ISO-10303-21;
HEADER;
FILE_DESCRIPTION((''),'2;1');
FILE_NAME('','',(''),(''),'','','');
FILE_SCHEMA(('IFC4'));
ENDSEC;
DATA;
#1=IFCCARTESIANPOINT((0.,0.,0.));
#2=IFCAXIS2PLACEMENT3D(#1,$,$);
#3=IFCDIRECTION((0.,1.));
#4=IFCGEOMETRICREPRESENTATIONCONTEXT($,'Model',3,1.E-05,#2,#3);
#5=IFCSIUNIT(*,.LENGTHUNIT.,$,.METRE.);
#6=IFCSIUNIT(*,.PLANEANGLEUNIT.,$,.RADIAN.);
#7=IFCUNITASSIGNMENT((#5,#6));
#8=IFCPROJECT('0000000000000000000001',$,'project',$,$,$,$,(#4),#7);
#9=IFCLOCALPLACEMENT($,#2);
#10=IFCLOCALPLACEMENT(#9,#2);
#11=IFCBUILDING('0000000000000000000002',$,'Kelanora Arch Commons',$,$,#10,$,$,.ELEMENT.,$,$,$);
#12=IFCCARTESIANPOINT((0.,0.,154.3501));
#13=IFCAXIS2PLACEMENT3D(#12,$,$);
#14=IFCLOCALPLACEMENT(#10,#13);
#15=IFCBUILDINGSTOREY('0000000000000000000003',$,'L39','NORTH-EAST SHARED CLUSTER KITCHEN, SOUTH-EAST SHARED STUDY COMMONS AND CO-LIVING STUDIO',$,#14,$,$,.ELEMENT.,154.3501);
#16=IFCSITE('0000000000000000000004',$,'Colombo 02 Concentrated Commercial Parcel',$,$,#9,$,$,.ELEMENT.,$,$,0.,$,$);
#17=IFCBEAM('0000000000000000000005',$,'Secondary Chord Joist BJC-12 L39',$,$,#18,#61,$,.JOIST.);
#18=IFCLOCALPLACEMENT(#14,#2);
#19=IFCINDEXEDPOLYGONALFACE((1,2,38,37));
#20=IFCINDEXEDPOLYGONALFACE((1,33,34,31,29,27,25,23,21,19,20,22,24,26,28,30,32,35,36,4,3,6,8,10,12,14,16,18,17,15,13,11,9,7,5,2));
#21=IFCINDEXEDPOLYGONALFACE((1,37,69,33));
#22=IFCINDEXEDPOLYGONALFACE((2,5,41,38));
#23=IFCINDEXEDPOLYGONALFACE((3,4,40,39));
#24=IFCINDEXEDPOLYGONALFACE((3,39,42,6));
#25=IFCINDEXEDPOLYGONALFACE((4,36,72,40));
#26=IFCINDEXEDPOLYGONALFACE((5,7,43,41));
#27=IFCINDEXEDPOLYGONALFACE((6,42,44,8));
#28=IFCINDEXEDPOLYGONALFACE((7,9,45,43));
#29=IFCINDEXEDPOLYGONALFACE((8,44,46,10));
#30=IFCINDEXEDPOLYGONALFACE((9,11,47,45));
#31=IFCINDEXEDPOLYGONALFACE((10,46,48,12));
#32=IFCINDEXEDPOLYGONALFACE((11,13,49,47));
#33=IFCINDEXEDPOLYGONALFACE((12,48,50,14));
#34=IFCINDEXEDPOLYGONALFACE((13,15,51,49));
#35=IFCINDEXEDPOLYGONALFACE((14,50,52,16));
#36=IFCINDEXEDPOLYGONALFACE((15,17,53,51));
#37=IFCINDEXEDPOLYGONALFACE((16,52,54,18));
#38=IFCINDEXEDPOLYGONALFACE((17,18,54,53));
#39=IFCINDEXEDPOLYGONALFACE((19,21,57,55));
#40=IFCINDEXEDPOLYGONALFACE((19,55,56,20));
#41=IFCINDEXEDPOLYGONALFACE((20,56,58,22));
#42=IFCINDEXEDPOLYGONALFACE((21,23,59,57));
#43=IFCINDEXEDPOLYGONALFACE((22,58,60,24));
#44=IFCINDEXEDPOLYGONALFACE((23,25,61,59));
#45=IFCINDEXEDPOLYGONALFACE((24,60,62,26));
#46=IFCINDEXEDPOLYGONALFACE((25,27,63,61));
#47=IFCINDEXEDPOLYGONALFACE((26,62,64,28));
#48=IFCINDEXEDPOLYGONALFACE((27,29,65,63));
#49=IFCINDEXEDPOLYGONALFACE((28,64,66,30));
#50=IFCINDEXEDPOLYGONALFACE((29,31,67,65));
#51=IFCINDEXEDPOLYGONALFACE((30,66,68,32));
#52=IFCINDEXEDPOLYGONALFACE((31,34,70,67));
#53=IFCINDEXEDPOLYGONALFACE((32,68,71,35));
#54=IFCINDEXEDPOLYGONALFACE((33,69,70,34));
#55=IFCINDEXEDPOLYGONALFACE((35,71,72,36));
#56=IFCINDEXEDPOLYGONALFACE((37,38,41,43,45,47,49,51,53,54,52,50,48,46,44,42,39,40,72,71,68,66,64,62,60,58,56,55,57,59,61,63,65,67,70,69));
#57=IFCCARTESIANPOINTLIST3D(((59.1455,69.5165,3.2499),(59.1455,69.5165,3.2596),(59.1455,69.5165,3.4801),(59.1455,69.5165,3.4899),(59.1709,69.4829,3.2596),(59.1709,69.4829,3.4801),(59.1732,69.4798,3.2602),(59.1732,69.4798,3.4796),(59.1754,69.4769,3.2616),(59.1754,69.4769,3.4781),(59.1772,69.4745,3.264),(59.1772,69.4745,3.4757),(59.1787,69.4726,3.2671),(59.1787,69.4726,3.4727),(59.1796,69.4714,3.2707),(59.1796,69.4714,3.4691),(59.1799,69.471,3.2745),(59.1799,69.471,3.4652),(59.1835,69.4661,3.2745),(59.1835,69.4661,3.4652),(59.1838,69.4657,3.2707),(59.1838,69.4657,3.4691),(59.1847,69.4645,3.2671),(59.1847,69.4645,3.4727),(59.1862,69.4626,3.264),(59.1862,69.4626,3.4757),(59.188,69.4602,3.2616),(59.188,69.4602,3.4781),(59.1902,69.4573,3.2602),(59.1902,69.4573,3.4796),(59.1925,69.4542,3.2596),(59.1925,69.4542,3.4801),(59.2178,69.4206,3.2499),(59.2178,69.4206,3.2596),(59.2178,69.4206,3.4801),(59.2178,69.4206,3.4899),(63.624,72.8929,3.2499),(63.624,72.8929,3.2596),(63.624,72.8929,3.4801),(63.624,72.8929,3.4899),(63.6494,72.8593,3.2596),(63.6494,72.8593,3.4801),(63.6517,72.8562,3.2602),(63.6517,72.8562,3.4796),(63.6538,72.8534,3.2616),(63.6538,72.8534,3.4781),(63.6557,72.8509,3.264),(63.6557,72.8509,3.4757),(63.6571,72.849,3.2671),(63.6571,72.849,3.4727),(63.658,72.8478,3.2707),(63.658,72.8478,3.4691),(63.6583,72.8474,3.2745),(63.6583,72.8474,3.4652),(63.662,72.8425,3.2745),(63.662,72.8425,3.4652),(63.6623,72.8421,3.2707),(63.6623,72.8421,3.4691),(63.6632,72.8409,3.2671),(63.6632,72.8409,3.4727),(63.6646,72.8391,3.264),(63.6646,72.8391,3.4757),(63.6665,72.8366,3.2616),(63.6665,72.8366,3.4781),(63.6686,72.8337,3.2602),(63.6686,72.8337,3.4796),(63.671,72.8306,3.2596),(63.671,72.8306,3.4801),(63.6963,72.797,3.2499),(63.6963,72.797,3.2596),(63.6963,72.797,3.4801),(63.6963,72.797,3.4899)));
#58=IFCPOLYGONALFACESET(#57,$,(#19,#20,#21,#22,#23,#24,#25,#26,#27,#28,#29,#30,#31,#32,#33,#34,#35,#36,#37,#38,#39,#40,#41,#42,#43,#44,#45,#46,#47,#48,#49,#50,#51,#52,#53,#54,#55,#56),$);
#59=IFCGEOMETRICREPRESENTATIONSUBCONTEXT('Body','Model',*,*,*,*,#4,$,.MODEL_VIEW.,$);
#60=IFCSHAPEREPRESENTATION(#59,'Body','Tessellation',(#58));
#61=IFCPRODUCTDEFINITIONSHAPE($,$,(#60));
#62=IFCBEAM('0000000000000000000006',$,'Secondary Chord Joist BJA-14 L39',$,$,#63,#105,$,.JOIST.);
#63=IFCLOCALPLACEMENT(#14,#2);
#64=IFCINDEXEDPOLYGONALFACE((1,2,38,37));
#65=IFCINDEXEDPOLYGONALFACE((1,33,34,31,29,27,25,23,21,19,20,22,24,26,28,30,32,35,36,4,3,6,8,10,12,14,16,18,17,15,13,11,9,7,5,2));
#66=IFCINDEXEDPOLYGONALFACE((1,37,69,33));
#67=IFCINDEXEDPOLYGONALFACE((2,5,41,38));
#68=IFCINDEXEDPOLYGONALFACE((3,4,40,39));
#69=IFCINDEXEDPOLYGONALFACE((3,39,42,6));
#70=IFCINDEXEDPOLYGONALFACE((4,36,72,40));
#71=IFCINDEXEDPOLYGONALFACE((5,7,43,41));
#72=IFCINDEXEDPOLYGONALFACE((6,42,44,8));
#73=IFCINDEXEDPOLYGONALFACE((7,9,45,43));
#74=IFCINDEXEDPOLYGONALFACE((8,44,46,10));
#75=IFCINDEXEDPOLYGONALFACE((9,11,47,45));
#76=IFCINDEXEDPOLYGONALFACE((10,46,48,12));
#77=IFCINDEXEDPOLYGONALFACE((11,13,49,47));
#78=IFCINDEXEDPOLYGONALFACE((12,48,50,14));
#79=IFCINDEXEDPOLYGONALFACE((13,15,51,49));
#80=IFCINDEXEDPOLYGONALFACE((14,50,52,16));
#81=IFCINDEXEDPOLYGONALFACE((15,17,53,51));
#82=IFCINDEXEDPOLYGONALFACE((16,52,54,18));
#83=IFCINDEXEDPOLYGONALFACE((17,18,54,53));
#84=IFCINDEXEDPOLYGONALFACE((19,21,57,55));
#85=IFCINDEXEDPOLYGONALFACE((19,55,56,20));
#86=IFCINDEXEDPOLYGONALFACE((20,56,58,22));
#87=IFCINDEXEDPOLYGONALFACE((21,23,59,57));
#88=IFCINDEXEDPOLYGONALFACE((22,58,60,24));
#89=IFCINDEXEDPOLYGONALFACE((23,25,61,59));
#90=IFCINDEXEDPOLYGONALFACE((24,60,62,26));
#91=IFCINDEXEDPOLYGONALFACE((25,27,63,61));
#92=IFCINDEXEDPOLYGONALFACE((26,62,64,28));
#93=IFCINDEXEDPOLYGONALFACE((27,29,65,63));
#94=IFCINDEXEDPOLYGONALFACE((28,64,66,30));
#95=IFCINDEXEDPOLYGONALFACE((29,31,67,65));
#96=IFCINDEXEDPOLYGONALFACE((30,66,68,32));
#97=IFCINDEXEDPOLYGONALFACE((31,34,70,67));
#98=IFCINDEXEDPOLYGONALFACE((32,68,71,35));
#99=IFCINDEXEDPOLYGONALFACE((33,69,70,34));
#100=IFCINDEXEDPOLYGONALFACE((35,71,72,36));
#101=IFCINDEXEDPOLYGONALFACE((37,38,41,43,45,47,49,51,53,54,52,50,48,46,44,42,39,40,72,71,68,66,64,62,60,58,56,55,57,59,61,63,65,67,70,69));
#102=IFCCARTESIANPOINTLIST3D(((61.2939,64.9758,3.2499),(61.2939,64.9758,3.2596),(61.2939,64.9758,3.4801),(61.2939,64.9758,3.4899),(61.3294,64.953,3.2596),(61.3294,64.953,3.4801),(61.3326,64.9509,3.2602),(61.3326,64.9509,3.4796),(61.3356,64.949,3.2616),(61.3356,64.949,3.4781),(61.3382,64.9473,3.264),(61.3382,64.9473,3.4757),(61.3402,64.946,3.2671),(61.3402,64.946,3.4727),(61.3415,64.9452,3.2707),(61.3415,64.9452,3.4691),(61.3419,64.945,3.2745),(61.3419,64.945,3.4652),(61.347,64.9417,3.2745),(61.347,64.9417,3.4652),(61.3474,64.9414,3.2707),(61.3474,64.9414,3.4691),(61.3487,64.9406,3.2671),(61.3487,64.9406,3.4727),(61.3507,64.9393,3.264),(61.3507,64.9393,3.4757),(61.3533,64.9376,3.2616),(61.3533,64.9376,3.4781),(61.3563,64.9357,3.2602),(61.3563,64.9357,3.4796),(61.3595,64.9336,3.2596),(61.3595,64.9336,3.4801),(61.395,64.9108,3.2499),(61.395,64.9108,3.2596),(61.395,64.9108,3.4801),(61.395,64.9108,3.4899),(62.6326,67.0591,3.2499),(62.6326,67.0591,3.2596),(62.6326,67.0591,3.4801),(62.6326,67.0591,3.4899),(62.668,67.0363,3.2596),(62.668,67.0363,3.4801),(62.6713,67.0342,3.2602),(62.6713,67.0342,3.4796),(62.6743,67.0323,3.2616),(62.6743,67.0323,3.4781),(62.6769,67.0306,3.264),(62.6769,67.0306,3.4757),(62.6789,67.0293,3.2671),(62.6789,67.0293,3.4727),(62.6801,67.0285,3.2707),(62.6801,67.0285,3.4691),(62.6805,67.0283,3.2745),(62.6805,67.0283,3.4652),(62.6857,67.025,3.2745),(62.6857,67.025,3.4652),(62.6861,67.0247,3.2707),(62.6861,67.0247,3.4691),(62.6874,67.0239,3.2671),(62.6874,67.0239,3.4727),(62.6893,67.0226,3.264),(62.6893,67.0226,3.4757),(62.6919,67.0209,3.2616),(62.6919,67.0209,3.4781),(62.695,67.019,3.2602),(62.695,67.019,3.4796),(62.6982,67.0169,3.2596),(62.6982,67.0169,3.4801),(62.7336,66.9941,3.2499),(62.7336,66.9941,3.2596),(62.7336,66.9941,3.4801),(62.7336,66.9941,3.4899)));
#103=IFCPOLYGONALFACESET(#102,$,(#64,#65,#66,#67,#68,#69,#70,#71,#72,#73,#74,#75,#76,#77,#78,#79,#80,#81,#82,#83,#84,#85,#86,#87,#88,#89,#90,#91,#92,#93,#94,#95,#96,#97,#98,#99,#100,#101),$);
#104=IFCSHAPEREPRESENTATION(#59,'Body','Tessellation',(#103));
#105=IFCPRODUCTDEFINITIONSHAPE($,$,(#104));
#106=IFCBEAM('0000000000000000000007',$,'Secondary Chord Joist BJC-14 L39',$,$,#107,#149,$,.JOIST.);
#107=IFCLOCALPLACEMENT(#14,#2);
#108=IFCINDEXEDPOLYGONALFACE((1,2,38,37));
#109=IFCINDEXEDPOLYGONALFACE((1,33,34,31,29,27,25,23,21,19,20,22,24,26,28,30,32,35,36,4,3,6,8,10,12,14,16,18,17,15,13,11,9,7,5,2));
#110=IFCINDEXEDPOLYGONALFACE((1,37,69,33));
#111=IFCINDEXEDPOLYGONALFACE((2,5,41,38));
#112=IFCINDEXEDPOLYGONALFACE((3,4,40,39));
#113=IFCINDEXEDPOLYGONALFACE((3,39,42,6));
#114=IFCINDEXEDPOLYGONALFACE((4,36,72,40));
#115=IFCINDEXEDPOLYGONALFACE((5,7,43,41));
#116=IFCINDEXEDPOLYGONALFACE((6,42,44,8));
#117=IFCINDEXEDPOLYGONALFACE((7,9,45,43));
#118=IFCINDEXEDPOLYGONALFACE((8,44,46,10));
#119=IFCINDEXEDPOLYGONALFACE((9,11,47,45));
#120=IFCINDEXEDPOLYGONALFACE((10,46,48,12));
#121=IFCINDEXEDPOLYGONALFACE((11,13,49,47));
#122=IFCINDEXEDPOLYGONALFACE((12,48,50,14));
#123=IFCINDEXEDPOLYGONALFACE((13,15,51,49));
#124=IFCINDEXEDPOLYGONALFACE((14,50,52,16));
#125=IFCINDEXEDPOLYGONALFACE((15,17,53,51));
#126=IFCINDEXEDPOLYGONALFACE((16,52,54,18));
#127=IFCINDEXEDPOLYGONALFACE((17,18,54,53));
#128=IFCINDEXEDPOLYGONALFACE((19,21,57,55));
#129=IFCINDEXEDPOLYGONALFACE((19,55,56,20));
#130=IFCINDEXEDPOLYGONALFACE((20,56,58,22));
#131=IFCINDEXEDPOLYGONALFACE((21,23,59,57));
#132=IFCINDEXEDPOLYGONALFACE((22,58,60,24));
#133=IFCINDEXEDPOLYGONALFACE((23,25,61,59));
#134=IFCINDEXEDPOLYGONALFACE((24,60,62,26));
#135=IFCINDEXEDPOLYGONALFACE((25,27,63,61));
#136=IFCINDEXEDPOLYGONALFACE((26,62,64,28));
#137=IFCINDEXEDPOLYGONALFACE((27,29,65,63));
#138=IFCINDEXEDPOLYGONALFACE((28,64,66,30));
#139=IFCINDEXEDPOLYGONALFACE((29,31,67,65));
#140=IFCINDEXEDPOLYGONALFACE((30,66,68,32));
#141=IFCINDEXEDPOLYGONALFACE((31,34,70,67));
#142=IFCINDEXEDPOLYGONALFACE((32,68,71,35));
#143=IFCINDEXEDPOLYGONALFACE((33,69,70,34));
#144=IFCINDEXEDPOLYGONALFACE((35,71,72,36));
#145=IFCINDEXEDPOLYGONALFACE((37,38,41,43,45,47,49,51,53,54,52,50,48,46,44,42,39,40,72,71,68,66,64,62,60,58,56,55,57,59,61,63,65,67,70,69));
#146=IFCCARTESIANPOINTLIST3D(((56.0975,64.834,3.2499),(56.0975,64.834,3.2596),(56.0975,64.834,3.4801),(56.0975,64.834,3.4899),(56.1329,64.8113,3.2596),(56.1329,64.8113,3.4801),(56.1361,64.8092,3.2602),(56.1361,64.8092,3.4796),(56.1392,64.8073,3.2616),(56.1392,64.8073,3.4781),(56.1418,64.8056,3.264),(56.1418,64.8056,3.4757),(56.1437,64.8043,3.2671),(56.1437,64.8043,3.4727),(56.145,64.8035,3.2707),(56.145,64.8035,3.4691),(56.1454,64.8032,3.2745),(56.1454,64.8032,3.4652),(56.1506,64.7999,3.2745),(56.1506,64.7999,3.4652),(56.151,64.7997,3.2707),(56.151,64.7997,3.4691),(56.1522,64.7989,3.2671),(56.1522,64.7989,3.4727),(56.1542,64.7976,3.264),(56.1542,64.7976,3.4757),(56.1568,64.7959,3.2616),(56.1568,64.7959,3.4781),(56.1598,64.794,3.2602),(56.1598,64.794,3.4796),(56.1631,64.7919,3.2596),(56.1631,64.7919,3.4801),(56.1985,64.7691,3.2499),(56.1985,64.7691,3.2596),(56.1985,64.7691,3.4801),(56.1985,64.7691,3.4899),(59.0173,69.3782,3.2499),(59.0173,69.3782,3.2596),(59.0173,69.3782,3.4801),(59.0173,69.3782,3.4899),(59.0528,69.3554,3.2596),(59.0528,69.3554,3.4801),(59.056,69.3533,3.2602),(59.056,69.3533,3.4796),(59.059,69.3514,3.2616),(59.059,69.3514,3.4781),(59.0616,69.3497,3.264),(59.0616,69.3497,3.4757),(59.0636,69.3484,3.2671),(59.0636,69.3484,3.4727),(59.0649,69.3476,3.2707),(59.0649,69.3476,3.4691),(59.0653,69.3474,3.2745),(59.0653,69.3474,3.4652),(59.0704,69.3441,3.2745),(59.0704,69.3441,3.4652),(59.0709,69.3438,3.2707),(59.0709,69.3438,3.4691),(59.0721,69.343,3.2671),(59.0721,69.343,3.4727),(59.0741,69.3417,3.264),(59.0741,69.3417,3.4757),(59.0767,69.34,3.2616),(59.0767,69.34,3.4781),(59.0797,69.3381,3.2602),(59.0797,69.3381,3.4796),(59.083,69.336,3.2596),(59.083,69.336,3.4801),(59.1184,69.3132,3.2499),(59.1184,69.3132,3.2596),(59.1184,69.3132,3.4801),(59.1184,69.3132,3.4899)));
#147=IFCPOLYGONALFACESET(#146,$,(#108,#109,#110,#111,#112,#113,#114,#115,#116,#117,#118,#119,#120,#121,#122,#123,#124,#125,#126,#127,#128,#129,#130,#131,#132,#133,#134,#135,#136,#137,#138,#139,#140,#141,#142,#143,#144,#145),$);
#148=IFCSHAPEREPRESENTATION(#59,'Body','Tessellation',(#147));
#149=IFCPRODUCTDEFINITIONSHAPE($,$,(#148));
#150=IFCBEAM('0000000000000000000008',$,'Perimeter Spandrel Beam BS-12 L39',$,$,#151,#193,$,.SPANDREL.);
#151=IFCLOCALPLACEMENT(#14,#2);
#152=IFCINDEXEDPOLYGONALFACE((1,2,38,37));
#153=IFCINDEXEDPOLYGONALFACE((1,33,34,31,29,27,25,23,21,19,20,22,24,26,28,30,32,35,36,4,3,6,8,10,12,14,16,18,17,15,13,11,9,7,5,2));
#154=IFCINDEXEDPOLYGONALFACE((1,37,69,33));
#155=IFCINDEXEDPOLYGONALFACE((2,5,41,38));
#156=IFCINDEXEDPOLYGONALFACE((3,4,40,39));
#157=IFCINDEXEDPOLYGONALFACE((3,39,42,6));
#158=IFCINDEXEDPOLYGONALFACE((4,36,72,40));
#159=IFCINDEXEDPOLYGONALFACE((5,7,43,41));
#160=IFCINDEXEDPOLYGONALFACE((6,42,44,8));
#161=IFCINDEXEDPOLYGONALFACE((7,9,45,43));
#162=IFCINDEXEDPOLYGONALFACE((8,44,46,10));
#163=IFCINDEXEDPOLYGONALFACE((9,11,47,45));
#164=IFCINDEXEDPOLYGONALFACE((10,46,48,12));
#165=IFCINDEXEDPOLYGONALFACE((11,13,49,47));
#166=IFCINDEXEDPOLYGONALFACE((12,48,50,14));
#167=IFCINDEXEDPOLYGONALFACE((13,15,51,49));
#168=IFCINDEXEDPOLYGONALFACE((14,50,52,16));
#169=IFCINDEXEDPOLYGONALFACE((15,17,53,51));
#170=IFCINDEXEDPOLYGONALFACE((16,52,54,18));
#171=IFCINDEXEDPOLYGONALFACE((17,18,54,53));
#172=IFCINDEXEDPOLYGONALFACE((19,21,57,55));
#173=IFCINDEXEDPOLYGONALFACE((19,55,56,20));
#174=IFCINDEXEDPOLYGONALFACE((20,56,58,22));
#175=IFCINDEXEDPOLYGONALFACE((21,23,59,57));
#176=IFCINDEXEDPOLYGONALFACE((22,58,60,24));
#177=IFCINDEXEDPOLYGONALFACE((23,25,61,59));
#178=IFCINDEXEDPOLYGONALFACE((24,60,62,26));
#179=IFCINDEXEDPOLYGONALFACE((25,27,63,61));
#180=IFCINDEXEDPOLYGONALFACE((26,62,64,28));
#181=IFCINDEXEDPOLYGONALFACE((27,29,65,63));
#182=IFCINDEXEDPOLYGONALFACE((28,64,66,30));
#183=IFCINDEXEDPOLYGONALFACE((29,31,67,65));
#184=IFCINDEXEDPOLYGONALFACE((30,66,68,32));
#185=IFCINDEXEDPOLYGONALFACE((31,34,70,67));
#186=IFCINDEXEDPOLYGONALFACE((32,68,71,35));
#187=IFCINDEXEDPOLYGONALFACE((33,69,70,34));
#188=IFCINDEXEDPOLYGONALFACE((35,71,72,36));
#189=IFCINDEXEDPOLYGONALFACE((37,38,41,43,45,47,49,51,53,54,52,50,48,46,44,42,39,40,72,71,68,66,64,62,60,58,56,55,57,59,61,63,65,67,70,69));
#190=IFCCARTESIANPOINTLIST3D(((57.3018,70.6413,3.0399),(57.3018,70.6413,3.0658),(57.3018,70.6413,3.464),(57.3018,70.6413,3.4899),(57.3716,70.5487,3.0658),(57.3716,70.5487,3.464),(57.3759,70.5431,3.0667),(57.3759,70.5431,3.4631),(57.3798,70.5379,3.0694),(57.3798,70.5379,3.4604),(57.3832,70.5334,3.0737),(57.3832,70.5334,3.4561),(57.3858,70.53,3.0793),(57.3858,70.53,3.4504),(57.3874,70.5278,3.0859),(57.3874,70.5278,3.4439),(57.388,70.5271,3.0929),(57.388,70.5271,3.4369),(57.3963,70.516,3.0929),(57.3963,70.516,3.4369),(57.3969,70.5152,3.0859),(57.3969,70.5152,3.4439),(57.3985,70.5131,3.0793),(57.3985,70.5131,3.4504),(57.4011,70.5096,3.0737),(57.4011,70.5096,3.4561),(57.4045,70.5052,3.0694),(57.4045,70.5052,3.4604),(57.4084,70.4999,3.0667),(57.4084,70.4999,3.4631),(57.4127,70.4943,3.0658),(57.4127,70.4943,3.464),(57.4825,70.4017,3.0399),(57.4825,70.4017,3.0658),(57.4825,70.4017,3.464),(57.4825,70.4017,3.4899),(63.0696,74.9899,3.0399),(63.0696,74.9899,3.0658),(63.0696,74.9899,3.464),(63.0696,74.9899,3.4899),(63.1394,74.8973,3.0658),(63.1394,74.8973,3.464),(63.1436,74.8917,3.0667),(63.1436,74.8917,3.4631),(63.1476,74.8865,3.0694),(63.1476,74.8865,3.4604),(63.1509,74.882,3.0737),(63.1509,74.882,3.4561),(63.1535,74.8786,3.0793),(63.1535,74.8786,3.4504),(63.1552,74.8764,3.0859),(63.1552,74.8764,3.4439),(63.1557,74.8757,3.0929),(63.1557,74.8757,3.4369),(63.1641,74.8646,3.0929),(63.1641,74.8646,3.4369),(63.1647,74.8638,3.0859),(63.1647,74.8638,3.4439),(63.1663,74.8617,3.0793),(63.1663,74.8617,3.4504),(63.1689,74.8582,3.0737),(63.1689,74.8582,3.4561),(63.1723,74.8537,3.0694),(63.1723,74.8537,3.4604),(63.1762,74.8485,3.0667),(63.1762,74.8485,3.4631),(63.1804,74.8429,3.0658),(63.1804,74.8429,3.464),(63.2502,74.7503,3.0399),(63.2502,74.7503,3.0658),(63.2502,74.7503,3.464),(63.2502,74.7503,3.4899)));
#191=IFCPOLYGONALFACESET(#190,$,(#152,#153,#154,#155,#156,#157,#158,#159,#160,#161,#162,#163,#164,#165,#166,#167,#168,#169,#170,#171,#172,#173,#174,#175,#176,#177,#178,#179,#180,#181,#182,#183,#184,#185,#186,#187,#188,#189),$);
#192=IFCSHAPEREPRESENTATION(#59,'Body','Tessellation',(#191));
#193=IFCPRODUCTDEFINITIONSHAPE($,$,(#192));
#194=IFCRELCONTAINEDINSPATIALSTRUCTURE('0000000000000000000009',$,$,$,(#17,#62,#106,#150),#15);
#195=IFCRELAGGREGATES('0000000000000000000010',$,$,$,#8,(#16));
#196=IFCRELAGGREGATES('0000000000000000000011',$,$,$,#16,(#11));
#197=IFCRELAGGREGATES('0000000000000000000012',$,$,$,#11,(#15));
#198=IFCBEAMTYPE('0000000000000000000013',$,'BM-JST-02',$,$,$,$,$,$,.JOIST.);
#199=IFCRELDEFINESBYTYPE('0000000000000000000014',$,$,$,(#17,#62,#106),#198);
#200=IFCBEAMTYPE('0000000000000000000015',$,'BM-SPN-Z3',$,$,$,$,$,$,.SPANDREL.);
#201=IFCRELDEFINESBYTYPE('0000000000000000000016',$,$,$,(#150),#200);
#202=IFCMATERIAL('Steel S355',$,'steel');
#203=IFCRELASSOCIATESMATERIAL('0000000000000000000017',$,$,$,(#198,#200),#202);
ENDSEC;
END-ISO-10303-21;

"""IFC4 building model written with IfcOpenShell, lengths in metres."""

from ifc_helpers import new_model, si_unit, direction, frame, origin, origin_2d, place, context, subcontext, project, spatial, i_section, extrude, material, material_profile, profile_set, type_object, element, save


model = new_model("IFC4")

# Units and contexts
model_context = context("Model", 3, precision=1e-05, world=origin(), true_north=direction((0.0, 1.0)))
body_context = subcontext(model_context, "Body", "Model", "MODEL_VIEW")
ifc_project = project(units=[si_unit("LENGTHUNIT", "METRE"), si_unit("PLANEANGLEUNIT", "RADIAN")], contexts=[model_context])

# Site, building, storey
site_placement = place(None, origin())
site = spatial("IfcSite", under=ifc_project, at=site_placement, Name="Colombo 02 Concentrated Commercial Parcel", CompositionType="ELEMENT", RefElevation=0.0)
building_placement = place(site_placement, origin())
building = spatial("IfcBuilding", under=site, at=building_placement, Name="Kelanora Arch Commons", CompositionType="ELEMENT")
storey_placement = place(building_placement, frame((0.0, 0.0, 154.3501)))
storey = spatial("IfcBuildingStorey", under=building, at=storey_placement, Name="L39", Description="NORTH-EAST SHARED CLUSTER KITCHEN, SOUTH-EAST SHARED STUDY COMMONS AND CO-LIVING STUDIO", CompositionType="ELEMENT", Elevation=154.3501)

# Beams
ifc_material_1 = material(Name="Steel S355", Category="steel")
ifc_material_profile_1 = material_profile(ifc_material_1, i_section(OverallWidth=0.1201, OverallDepth=0.24, WebThickness=0.0061, FlangeThickness=0.0098, FilletRadius=0.0149, at=origin_2d()), Name="IPE240")
ifc_profile_set_1 = profile_set([ifc_material_profile_1], Name="Steel S355")
beam_type_1 = type_object("IfcBeamType", Name="BM-JST-02", PredefinedType="JOIST", material=ifc_profile_set_1)
beam_1_placement = place(storey_placement, frame((63.6602, 72.845, 3.3699), z_axis=(-0.798493, -0.602004, 0.0), x_axis=(0.602004, -0.798493, 0.0)))
element("IfcBeam", 1, at=beam_1_placement, inside=storey, type_object=beam_type_1, Name="Secondary Chord Joist BJC-12 L39", PredefinedType="JOIST", context=body_context, shape_type="SweptSolid", body=[
    extrude(i_section(OverallWidth=0.1201, OverallDepth=0.24, WebThickness=0.0061, FlangeThickness=0.0098, FilletRadius=0.0149, at=origin_2d()), origin(), (0.0, 0.0, 1.0), 5.6086),
])
beam_2_placement = place(storey_placement, frame((62.6831, 67.0266, 3.3699), z_axis=(-0.540583, -0.841291, 0.0), x_axis=(0.841291, -0.540583, 0.0)))
element("IfcBeam", 2, at=beam_2_placement, inside=storey, type_object=beam_type_1, Name="Secondary Chord Joist BJA-14 L39", PredefinedType="JOIST", context=body_context, shape_type="SweptSolid", body=[
    extrude(i_section(OverallWidth=0.1201, OverallDepth=0.24, WebThickness=0.0061, FlangeThickness=0.0098, FilletRadius=0.0149, at=origin_2d()), origin(), (0.0, 0.0, 1.0), 2.4763),
])
beam_3_placement = place(storey_placement, frame((59.0679, 69.3457, 3.3699), z_axis=(-0.540582, -0.841292, 0.0), x_axis=(0.841292, -0.540582, 0.0)))
element("IfcBeam", 3, at=beam_3_placement, inside=storey, type_object=beam_type_1, Name="Secondary Chord Joist BJC-14 L39", PredefinedType="JOIST", context=body_context, shape_type="SweptSolid", body=[
    extrude(i_section(OverallWidth=0.1201, OverallDepth=0.24, WebThickness=0.0061, FlangeThickness=0.0098, FilletRadius=0.0149, at=origin_2d()), origin(), (0.0, 0.0, 1.0), 5.4014),
])
ifc_material_profile_2 = material_profile(ifc_material_1, i_section(OverallWidth=0.3, OverallDepth=0.45, WebThickness=0.0139, FlangeThickness=0.0259, FilletRadius=0.0271, at=origin_2d()), Name="HEB450")
ifc_profile_set_2 = profile_set([ifc_material_profile_2], Name="Steel S355")
beam_type_2 = type_object("IfcBeamType", Name="BM-SPN-Z3", PredefinedType="SPANDREL", material=ifc_profile_set_2)
beam_4_placement = place(storey_placement, frame((63.1599, 74.8701, 3.2649), z_axis=(-0.798485, -0.602015, 0.0), x_axis=(0.602015, -0.798485, 0.0)))
element("IfcBeam", 4, at=beam_4_placement, inside=storey, type_object=beam_type_2, Name="Perimeter Spandrel Beam BS-12 L39", PredefinedType="SPANDREL", context=body_context, shape_type="SweptSolid", body=[
    extrude(i_section(OverallWidth=0.3, OverallDepth=0.45, WebThickness=0.0139, FlangeThickness=0.0259, FilletRadius=0.0271, at=origin_2d()), origin(), (0.0, 0.0, 1.0), 7.2234),
])

save(model, "model.ifc")
